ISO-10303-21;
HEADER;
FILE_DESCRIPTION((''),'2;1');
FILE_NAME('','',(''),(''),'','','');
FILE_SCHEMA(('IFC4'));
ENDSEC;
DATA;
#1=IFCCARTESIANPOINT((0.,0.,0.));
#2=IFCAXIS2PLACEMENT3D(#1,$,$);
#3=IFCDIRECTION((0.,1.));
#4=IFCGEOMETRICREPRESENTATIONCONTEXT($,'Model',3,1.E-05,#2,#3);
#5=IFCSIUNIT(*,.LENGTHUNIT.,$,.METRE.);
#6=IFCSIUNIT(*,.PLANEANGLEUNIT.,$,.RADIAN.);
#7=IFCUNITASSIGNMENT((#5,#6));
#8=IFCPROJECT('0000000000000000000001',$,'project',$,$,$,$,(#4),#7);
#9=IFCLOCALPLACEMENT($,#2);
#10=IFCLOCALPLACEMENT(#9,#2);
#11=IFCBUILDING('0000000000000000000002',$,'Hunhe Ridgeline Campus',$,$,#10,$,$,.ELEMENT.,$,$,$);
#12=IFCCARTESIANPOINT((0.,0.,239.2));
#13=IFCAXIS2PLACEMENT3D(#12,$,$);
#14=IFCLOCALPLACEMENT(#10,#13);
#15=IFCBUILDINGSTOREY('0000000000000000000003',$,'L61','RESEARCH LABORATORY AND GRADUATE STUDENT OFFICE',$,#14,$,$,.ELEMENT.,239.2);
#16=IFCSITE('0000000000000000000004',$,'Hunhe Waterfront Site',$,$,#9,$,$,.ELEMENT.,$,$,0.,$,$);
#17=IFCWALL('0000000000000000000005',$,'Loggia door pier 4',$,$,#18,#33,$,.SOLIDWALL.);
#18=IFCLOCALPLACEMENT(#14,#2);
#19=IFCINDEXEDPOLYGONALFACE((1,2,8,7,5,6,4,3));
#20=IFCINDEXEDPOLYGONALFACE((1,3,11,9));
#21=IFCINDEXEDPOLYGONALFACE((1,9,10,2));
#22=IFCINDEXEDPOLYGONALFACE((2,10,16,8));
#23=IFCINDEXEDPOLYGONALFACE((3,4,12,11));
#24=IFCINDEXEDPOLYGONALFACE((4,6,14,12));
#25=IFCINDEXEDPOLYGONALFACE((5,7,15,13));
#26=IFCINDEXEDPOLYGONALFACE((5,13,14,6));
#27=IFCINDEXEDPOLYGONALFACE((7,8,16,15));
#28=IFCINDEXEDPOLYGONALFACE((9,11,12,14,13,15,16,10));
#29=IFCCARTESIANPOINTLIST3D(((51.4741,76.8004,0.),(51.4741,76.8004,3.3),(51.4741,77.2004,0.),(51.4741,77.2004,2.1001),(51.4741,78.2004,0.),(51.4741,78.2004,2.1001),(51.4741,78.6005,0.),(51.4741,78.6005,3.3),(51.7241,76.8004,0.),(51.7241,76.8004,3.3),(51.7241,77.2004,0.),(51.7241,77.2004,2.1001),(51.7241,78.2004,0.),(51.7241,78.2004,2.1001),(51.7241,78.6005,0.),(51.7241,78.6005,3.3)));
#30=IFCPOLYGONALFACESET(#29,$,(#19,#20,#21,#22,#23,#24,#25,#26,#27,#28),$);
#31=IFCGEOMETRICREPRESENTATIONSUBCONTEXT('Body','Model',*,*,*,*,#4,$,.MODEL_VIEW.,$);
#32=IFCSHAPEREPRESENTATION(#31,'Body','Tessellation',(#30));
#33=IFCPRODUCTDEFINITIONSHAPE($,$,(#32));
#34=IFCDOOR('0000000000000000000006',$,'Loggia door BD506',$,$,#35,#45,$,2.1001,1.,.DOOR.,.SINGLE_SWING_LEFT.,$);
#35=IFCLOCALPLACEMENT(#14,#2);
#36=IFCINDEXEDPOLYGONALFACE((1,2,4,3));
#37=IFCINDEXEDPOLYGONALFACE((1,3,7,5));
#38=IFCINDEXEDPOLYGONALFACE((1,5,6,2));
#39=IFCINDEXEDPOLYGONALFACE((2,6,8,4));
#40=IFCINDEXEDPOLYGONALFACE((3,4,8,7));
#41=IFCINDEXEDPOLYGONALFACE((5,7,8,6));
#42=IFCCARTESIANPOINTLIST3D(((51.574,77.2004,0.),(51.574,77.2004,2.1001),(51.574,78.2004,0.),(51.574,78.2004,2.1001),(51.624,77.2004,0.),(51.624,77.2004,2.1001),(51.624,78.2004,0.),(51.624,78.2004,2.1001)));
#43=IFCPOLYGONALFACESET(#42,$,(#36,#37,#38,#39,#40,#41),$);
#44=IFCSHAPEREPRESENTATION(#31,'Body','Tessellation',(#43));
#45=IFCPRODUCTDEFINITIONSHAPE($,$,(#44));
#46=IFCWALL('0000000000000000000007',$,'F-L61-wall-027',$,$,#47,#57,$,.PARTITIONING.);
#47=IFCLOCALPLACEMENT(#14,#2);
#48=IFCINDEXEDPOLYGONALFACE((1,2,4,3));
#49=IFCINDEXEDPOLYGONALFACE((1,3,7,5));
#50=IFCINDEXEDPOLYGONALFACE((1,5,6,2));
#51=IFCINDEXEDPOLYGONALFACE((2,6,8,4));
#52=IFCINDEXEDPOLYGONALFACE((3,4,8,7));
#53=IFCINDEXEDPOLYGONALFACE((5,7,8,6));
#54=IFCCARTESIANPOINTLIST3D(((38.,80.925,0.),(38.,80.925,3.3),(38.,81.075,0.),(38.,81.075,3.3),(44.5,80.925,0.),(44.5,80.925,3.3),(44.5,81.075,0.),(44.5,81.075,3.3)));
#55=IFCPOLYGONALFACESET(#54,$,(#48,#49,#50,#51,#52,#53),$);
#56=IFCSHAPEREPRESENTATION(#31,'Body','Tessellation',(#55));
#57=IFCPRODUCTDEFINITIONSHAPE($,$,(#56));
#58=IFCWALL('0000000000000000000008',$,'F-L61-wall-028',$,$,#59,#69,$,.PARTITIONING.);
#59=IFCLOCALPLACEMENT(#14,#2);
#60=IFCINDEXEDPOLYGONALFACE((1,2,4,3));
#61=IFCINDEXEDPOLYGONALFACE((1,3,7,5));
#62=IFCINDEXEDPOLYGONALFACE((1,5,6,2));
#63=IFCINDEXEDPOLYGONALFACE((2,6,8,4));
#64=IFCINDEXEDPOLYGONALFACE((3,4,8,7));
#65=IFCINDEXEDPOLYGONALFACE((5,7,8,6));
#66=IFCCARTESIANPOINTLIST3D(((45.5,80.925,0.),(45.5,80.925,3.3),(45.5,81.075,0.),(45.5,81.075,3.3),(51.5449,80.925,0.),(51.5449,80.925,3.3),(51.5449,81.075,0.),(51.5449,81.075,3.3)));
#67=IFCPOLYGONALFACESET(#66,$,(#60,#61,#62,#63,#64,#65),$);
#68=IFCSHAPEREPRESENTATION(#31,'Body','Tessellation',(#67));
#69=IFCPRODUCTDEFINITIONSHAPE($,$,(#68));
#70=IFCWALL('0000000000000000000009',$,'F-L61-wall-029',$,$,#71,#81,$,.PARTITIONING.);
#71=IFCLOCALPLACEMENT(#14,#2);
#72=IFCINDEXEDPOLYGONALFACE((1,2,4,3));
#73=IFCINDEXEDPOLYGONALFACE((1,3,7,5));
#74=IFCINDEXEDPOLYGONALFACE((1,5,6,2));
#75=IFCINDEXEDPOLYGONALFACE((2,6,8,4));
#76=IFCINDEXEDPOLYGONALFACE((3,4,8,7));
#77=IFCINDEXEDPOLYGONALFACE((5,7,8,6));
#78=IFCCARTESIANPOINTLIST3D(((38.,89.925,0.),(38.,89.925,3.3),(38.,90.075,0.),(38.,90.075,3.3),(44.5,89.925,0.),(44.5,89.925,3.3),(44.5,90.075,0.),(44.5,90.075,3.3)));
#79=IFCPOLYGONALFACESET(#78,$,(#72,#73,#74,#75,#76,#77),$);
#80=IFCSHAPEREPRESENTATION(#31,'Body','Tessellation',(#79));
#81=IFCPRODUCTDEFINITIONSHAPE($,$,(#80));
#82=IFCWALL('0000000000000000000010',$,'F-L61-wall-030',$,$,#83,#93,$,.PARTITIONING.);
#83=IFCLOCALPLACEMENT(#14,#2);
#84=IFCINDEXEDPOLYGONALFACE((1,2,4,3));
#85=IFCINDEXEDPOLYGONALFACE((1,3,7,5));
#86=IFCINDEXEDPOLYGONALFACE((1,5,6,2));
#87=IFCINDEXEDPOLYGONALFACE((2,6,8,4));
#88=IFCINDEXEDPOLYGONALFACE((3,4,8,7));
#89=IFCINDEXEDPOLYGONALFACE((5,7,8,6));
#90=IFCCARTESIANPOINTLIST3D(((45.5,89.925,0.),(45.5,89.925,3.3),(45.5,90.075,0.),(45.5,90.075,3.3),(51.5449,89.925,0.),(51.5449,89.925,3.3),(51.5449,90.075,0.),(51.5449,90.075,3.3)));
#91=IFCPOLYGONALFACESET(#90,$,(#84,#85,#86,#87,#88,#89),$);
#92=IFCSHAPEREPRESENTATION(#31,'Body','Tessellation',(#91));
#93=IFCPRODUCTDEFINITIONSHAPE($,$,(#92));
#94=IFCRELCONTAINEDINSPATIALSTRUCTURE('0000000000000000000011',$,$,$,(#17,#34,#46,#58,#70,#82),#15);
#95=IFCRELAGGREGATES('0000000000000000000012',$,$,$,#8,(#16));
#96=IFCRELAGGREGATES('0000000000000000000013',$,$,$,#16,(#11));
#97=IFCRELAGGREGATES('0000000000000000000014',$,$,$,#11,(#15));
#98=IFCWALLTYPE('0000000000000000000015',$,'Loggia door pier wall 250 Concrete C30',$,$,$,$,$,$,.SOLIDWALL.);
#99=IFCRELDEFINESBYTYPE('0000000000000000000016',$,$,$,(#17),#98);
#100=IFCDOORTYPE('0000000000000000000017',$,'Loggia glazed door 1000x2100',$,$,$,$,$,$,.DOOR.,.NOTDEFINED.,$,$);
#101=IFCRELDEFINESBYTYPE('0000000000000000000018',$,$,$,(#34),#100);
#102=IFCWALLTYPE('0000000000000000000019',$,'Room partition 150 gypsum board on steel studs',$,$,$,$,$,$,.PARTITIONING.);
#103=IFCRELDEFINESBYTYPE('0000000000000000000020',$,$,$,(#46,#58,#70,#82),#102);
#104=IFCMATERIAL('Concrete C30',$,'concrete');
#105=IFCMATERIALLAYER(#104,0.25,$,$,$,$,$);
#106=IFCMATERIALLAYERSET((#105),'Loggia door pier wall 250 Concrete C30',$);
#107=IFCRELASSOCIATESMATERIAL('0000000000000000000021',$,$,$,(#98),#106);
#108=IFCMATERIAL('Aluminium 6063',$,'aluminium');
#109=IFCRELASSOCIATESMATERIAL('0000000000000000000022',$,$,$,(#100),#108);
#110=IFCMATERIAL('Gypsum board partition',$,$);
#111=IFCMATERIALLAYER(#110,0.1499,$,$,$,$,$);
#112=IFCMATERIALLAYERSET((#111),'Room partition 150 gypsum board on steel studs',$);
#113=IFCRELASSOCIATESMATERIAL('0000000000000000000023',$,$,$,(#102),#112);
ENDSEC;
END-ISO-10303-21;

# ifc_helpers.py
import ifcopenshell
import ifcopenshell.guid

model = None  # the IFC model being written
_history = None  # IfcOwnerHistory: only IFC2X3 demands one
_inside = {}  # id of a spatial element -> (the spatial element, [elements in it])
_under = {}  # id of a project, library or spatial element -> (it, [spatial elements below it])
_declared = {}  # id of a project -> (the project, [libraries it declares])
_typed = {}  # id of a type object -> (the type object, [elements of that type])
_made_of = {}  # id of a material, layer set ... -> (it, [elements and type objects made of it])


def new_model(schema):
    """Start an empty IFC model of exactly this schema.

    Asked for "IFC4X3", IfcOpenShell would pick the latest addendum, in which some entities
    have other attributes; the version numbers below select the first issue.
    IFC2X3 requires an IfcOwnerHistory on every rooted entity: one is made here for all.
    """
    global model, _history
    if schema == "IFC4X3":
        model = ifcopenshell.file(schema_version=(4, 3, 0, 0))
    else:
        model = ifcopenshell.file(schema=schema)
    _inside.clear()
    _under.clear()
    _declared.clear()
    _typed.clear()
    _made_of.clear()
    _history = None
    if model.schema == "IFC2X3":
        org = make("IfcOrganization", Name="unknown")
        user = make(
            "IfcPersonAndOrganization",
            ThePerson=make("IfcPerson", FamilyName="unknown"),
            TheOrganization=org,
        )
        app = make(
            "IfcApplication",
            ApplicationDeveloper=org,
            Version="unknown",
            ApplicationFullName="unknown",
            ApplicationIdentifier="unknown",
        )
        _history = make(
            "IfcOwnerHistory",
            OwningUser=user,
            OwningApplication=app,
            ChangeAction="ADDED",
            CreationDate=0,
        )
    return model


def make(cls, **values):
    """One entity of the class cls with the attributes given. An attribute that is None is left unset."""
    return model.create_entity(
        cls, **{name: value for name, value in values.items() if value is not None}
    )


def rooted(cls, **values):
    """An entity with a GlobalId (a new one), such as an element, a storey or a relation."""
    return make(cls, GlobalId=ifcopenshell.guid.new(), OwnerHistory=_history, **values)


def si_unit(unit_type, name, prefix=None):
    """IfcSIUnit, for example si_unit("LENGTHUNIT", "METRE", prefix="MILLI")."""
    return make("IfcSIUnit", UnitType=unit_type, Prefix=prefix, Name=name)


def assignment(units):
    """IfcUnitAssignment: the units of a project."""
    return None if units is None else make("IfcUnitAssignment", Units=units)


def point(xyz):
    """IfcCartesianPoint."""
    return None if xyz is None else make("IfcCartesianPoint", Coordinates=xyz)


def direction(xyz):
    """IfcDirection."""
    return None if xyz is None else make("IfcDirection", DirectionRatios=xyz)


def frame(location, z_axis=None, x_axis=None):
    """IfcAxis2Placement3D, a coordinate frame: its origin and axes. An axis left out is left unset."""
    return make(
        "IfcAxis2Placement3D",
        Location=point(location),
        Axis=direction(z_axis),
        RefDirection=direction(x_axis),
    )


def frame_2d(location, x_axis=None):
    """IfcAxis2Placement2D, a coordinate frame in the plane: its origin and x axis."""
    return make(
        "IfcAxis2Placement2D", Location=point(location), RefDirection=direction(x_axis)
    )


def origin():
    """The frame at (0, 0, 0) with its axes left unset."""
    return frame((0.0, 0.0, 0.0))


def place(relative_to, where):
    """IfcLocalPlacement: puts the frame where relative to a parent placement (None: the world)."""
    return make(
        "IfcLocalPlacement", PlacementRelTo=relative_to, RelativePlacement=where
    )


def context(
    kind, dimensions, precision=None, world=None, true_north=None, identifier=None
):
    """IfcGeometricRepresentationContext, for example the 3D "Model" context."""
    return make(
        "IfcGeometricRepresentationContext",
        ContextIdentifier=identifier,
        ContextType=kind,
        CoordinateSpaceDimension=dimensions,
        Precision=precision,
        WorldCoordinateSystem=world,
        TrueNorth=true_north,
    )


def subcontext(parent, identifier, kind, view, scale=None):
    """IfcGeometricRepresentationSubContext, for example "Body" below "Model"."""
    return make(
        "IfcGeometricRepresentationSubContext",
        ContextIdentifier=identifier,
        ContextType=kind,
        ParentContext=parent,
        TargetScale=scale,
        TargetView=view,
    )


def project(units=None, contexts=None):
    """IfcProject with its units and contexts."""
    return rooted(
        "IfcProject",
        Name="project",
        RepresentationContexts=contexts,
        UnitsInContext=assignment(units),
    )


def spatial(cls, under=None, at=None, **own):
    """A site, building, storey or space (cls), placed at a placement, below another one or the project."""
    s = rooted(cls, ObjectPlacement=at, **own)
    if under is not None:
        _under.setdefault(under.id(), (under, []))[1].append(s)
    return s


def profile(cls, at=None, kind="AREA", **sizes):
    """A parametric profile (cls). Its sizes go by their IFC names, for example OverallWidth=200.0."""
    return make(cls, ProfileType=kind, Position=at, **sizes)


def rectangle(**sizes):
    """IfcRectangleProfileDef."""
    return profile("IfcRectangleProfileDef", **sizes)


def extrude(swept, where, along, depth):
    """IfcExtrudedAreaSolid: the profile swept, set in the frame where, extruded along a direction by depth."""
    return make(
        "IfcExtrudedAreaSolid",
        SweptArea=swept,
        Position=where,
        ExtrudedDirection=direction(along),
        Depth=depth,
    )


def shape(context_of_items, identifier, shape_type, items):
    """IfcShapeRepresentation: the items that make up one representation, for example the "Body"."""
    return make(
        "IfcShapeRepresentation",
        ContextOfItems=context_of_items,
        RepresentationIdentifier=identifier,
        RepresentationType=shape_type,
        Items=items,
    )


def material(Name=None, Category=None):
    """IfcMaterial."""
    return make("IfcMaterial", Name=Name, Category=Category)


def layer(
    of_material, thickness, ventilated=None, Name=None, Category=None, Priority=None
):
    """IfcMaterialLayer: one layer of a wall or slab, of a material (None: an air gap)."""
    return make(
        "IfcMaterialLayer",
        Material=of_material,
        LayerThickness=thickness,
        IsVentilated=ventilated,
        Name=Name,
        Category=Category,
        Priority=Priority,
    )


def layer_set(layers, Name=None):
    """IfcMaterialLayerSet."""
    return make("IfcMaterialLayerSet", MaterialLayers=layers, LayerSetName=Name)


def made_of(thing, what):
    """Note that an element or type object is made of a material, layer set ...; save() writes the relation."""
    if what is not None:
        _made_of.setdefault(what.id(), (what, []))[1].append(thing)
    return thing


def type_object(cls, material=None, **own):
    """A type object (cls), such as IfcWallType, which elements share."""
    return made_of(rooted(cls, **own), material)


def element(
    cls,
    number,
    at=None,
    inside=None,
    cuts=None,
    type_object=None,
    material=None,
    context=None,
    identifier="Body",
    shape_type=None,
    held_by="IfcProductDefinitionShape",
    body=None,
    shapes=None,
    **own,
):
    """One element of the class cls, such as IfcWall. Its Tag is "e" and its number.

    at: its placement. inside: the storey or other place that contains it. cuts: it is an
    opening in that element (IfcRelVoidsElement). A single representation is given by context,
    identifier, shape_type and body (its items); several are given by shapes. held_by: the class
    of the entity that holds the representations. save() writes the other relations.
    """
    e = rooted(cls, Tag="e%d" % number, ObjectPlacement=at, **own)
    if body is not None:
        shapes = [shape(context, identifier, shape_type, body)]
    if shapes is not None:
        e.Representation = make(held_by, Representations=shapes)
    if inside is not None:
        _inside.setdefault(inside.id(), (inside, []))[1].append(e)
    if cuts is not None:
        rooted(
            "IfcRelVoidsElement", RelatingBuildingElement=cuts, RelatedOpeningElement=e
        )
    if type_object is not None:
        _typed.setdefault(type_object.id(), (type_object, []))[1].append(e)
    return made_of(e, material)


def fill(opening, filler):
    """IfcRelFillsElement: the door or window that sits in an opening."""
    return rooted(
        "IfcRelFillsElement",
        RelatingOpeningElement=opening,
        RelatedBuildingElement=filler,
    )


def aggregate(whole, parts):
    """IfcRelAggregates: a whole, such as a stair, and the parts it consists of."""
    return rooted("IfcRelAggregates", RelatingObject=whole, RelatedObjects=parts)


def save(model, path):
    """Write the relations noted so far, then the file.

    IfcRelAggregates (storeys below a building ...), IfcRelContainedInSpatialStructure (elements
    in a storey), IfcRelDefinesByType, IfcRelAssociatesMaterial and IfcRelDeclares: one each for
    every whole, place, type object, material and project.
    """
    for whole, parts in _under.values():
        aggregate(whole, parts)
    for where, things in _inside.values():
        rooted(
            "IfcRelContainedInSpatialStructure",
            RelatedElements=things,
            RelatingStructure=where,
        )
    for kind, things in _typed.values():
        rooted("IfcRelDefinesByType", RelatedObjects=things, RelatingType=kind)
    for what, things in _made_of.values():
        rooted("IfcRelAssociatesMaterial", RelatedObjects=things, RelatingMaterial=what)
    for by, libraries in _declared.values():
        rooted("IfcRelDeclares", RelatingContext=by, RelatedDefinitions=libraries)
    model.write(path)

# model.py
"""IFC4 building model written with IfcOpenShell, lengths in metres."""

from ifc_helpers import new_model, si_unit, direction, frame, frame_2d, origin, place, context, subcontext, project, spatial, rectangle, extrude, material, layer, layer_set, type_object, element, fill, save


model = new_model("IFC4")

# Units and contexts
model_context = context("Model", 3, precision=1e-05, world=origin(), true_north=direction((0.0, 1.0)))
body_context = subcontext(model_context, "Body", "Model", "MODEL_VIEW")
ifc_project = project(units=[si_unit("LENGTHUNIT", "METRE"), si_unit("PLANEANGLEUNIT", "RADIAN")], contexts=[model_context])

# Site, building, storey
site_placement = place(None, origin())
site = spatial("IfcSite", under=ifc_project, at=site_placement, Name="Hunhe Waterfront Site", CompositionType="ELEMENT", RefElevation=0.0)
building_placement = place(site_placement, origin())
building = spatial("IfcBuilding", under=site, at=building_placement, Name="Hunhe Ridgeline Campus", CompositionType="ELEMENT")
storey_placement = place(building_placement, frame((0.0, 0.0, 239.2)))
storey = spatial("IfcBuildingStorey", under=building, at=storey_placement, Name="L61", Description="RESEARCH LABORATORY AND GRADUATE STUDENT OFFICE", CompositionType="ELEMENT", Elevation=239.2)

# Shared definitions
ifc_material_1 = material(Name="Aluminium 6063", Category="aluminium")

# Wall, opening, door
ifc_material_2 = material(Name="Concrete C30", Category="concrete")
ifc_layer_1 = layer(ifc_material_2, 0.25)
ifc_layer_set_1 = layer_set([ifc_layer_1], Name="Loggia door pier wall 250 Concrete C30")
wall_type_1 = type_object("IfcWallType", Name="Loggia door pier wall 250 Concrete C30", PredefinedType="SOLIDWALL", material=ifc_layer_set_1)
wall_1_placement = place(storey_placement, frame((51.5991, 76.8005, 0.0), z_axis=(0.0, 0.0, 1.0), x_axis=(0.0, 1.0, 0.0)))
wall_1 = element("IfcWall", 1, at=wall_1_placement, inside=storey, type_object=wall_type_1, Name="Loggia door pier 4", PredefinedType="SOLIDWALL", context=body_context, shape_type="SweptSolid", body=[
    extrude(rectangle(XDim=1.8, YDim=0.25, at=frame_2d((0.8999, 0.0))), origin(), (0.0, 0.0, 1.0), 3.3),
])
opening_placement = place(wall_1_placement, frame((0.3999, 0.0, 0.0)))
opening = element("IfcOpeningElement", 2, at=opening_placement, cuts=wall_1, PredefinedType="OPENING", context=body_context, shape_type="SweptSolid", body=[
    extrude(rectangle(XDim=1.0, YDim=2.1001, at=frame_2d((0.5, 1.05))), frame((0.0, 0.125, 0.0), z_axis=(0.0, -1.0, 0.0), x_axis=(1.0, 0.0, 0.0)), (0.0, 0.0, 1.0), 0.25),
])
door_type = type_object("IfcDoorType", Name="Loggia glazed door 1000x2100", OperationType="NOTDEFINED", PredefinedType="DOOR", material=ifc_material_1)
door_placement = place(opening_placement, frame((1.0, 0.0, 0.0), z_axis=(0.0, 0.0, 1.0), x_axis=(-1.0, 0.0, 0.0)))
door = element("IfcDoor", 3, at=door_placement, inside=storey, type_object=door_type, Name="Loggia door BD506", OperationType="SINGLE_SWING_LEFT", OverallHeight=2.1001, OverallWidth=1.0, PredefinedType="DOOR", context=body_context, shape_type="SweptSolid", body=[
    extrude(rectangle(XDim=1.0, YDim=2.1001, at=frame_2d((0.5, 1.05))), frame((0.0, 0.0249, 0.0), z_axis=(0.0, -1.0, 0.0), x_axis=(1.0, 0.0, 0.0)), (0.0, 0.0, 1.0), 0.05),
])
fill(opening, door)

# Walls
ifc_material_3 = material(Name="Gypsum board partition")
ifc_layer_2 = layer(ifc_material_3, 0.1499)
ifc_layer_set_2 = layer_set([ifc_layer_2], Name="Room partition 150 gypsum board on steel studs")
wall_type_2 = type_object("IfcWallType", Name="Room partition 150 gypsum board on steel studs", PredefinedType="PARTITIONING", material=ifc_layer_set_2)
wall_2_placement = place(storey_placement, frame((38.0, 81.0, 0.0), z_axis=(0.0, 0.0, 1.0), x_axis=(1.0, 0.0, 0.0)))
element("IfcWall", 4, at=wall_2_placement, inside=storey, type_object=wall_type_2, Name="F-L61-wall-027", PredefinedType="PARTITIONING", context=body_context, shape_type="SweptSolid", body=[
    extrude(rectangle(XDim=6.5, YDim=0.1499, at=frame_2d((3.25, 0.0))), origin(), (0.0, 0.0, 1.0), 3.3),
])
wall_3_placement = place(storey_placement, frame((45.5, 81.0, 0.0), z_axis=(0.0, 0.0, 1.0), x_axis=(1.0, 0.0, 0.0)))
element("IfcWall", 5, at=wall_3_placement, inside=storey, type_object=wall_type_2, Name="F-L61-wall-028", PredefinedType="PARTITIONING", context=body_context, shape_type="SweptSolid", body=[
    extrude(rectangle(XDim=6.0449, YDim=0.1499, at=frame_2d((3.0225, 0.0))), origin(), (0.0, 0.0, 1.0), 3.3),
])
wall_4_placement = place(storey_placement, frame((38.0, 90.0, 0.0), z_axis=(0.0, 0.0, 1.0), x_axis=(1.0, 0.0, 0.0)))
element("IfcWall", 6, at=wall_4_placement, inside=storey, type_object=wall_type_2, Name="F-L61-wall-029", PredefinedType="PARTITIONING", context=body_context, shape_type="SweptSolid", body=[
    extrude(rectangle(XDim=6.5, YDim=0.1499, at=frame_2d((3.25, 0.0))), origin(), (0.0, 0.0, 1.0), 3.3),
])
wall_5_placement = place(storey_placement, frame((45.5, 90.0, 0.0), z_axis=(0.0, 0.0, 1.0), x_axis=(1.0, 0.0, 0.0)))
element("IfcWall", 7, at=wall_5_placement, inside=storey, type_object=wall_type_2, Name="F-L61-wall-030", PredefinedType="PARTITIONING", context=body_context, shape_type="SweptSolid", body=[
    extrude(rectangle(XDim=6.0449, YDim=0.1499, at=frame_2d((3.0225, 0.0))), origin(), (0.0, 0.0, 1.0), 3.3),
])

save(model, "model.ifc")
